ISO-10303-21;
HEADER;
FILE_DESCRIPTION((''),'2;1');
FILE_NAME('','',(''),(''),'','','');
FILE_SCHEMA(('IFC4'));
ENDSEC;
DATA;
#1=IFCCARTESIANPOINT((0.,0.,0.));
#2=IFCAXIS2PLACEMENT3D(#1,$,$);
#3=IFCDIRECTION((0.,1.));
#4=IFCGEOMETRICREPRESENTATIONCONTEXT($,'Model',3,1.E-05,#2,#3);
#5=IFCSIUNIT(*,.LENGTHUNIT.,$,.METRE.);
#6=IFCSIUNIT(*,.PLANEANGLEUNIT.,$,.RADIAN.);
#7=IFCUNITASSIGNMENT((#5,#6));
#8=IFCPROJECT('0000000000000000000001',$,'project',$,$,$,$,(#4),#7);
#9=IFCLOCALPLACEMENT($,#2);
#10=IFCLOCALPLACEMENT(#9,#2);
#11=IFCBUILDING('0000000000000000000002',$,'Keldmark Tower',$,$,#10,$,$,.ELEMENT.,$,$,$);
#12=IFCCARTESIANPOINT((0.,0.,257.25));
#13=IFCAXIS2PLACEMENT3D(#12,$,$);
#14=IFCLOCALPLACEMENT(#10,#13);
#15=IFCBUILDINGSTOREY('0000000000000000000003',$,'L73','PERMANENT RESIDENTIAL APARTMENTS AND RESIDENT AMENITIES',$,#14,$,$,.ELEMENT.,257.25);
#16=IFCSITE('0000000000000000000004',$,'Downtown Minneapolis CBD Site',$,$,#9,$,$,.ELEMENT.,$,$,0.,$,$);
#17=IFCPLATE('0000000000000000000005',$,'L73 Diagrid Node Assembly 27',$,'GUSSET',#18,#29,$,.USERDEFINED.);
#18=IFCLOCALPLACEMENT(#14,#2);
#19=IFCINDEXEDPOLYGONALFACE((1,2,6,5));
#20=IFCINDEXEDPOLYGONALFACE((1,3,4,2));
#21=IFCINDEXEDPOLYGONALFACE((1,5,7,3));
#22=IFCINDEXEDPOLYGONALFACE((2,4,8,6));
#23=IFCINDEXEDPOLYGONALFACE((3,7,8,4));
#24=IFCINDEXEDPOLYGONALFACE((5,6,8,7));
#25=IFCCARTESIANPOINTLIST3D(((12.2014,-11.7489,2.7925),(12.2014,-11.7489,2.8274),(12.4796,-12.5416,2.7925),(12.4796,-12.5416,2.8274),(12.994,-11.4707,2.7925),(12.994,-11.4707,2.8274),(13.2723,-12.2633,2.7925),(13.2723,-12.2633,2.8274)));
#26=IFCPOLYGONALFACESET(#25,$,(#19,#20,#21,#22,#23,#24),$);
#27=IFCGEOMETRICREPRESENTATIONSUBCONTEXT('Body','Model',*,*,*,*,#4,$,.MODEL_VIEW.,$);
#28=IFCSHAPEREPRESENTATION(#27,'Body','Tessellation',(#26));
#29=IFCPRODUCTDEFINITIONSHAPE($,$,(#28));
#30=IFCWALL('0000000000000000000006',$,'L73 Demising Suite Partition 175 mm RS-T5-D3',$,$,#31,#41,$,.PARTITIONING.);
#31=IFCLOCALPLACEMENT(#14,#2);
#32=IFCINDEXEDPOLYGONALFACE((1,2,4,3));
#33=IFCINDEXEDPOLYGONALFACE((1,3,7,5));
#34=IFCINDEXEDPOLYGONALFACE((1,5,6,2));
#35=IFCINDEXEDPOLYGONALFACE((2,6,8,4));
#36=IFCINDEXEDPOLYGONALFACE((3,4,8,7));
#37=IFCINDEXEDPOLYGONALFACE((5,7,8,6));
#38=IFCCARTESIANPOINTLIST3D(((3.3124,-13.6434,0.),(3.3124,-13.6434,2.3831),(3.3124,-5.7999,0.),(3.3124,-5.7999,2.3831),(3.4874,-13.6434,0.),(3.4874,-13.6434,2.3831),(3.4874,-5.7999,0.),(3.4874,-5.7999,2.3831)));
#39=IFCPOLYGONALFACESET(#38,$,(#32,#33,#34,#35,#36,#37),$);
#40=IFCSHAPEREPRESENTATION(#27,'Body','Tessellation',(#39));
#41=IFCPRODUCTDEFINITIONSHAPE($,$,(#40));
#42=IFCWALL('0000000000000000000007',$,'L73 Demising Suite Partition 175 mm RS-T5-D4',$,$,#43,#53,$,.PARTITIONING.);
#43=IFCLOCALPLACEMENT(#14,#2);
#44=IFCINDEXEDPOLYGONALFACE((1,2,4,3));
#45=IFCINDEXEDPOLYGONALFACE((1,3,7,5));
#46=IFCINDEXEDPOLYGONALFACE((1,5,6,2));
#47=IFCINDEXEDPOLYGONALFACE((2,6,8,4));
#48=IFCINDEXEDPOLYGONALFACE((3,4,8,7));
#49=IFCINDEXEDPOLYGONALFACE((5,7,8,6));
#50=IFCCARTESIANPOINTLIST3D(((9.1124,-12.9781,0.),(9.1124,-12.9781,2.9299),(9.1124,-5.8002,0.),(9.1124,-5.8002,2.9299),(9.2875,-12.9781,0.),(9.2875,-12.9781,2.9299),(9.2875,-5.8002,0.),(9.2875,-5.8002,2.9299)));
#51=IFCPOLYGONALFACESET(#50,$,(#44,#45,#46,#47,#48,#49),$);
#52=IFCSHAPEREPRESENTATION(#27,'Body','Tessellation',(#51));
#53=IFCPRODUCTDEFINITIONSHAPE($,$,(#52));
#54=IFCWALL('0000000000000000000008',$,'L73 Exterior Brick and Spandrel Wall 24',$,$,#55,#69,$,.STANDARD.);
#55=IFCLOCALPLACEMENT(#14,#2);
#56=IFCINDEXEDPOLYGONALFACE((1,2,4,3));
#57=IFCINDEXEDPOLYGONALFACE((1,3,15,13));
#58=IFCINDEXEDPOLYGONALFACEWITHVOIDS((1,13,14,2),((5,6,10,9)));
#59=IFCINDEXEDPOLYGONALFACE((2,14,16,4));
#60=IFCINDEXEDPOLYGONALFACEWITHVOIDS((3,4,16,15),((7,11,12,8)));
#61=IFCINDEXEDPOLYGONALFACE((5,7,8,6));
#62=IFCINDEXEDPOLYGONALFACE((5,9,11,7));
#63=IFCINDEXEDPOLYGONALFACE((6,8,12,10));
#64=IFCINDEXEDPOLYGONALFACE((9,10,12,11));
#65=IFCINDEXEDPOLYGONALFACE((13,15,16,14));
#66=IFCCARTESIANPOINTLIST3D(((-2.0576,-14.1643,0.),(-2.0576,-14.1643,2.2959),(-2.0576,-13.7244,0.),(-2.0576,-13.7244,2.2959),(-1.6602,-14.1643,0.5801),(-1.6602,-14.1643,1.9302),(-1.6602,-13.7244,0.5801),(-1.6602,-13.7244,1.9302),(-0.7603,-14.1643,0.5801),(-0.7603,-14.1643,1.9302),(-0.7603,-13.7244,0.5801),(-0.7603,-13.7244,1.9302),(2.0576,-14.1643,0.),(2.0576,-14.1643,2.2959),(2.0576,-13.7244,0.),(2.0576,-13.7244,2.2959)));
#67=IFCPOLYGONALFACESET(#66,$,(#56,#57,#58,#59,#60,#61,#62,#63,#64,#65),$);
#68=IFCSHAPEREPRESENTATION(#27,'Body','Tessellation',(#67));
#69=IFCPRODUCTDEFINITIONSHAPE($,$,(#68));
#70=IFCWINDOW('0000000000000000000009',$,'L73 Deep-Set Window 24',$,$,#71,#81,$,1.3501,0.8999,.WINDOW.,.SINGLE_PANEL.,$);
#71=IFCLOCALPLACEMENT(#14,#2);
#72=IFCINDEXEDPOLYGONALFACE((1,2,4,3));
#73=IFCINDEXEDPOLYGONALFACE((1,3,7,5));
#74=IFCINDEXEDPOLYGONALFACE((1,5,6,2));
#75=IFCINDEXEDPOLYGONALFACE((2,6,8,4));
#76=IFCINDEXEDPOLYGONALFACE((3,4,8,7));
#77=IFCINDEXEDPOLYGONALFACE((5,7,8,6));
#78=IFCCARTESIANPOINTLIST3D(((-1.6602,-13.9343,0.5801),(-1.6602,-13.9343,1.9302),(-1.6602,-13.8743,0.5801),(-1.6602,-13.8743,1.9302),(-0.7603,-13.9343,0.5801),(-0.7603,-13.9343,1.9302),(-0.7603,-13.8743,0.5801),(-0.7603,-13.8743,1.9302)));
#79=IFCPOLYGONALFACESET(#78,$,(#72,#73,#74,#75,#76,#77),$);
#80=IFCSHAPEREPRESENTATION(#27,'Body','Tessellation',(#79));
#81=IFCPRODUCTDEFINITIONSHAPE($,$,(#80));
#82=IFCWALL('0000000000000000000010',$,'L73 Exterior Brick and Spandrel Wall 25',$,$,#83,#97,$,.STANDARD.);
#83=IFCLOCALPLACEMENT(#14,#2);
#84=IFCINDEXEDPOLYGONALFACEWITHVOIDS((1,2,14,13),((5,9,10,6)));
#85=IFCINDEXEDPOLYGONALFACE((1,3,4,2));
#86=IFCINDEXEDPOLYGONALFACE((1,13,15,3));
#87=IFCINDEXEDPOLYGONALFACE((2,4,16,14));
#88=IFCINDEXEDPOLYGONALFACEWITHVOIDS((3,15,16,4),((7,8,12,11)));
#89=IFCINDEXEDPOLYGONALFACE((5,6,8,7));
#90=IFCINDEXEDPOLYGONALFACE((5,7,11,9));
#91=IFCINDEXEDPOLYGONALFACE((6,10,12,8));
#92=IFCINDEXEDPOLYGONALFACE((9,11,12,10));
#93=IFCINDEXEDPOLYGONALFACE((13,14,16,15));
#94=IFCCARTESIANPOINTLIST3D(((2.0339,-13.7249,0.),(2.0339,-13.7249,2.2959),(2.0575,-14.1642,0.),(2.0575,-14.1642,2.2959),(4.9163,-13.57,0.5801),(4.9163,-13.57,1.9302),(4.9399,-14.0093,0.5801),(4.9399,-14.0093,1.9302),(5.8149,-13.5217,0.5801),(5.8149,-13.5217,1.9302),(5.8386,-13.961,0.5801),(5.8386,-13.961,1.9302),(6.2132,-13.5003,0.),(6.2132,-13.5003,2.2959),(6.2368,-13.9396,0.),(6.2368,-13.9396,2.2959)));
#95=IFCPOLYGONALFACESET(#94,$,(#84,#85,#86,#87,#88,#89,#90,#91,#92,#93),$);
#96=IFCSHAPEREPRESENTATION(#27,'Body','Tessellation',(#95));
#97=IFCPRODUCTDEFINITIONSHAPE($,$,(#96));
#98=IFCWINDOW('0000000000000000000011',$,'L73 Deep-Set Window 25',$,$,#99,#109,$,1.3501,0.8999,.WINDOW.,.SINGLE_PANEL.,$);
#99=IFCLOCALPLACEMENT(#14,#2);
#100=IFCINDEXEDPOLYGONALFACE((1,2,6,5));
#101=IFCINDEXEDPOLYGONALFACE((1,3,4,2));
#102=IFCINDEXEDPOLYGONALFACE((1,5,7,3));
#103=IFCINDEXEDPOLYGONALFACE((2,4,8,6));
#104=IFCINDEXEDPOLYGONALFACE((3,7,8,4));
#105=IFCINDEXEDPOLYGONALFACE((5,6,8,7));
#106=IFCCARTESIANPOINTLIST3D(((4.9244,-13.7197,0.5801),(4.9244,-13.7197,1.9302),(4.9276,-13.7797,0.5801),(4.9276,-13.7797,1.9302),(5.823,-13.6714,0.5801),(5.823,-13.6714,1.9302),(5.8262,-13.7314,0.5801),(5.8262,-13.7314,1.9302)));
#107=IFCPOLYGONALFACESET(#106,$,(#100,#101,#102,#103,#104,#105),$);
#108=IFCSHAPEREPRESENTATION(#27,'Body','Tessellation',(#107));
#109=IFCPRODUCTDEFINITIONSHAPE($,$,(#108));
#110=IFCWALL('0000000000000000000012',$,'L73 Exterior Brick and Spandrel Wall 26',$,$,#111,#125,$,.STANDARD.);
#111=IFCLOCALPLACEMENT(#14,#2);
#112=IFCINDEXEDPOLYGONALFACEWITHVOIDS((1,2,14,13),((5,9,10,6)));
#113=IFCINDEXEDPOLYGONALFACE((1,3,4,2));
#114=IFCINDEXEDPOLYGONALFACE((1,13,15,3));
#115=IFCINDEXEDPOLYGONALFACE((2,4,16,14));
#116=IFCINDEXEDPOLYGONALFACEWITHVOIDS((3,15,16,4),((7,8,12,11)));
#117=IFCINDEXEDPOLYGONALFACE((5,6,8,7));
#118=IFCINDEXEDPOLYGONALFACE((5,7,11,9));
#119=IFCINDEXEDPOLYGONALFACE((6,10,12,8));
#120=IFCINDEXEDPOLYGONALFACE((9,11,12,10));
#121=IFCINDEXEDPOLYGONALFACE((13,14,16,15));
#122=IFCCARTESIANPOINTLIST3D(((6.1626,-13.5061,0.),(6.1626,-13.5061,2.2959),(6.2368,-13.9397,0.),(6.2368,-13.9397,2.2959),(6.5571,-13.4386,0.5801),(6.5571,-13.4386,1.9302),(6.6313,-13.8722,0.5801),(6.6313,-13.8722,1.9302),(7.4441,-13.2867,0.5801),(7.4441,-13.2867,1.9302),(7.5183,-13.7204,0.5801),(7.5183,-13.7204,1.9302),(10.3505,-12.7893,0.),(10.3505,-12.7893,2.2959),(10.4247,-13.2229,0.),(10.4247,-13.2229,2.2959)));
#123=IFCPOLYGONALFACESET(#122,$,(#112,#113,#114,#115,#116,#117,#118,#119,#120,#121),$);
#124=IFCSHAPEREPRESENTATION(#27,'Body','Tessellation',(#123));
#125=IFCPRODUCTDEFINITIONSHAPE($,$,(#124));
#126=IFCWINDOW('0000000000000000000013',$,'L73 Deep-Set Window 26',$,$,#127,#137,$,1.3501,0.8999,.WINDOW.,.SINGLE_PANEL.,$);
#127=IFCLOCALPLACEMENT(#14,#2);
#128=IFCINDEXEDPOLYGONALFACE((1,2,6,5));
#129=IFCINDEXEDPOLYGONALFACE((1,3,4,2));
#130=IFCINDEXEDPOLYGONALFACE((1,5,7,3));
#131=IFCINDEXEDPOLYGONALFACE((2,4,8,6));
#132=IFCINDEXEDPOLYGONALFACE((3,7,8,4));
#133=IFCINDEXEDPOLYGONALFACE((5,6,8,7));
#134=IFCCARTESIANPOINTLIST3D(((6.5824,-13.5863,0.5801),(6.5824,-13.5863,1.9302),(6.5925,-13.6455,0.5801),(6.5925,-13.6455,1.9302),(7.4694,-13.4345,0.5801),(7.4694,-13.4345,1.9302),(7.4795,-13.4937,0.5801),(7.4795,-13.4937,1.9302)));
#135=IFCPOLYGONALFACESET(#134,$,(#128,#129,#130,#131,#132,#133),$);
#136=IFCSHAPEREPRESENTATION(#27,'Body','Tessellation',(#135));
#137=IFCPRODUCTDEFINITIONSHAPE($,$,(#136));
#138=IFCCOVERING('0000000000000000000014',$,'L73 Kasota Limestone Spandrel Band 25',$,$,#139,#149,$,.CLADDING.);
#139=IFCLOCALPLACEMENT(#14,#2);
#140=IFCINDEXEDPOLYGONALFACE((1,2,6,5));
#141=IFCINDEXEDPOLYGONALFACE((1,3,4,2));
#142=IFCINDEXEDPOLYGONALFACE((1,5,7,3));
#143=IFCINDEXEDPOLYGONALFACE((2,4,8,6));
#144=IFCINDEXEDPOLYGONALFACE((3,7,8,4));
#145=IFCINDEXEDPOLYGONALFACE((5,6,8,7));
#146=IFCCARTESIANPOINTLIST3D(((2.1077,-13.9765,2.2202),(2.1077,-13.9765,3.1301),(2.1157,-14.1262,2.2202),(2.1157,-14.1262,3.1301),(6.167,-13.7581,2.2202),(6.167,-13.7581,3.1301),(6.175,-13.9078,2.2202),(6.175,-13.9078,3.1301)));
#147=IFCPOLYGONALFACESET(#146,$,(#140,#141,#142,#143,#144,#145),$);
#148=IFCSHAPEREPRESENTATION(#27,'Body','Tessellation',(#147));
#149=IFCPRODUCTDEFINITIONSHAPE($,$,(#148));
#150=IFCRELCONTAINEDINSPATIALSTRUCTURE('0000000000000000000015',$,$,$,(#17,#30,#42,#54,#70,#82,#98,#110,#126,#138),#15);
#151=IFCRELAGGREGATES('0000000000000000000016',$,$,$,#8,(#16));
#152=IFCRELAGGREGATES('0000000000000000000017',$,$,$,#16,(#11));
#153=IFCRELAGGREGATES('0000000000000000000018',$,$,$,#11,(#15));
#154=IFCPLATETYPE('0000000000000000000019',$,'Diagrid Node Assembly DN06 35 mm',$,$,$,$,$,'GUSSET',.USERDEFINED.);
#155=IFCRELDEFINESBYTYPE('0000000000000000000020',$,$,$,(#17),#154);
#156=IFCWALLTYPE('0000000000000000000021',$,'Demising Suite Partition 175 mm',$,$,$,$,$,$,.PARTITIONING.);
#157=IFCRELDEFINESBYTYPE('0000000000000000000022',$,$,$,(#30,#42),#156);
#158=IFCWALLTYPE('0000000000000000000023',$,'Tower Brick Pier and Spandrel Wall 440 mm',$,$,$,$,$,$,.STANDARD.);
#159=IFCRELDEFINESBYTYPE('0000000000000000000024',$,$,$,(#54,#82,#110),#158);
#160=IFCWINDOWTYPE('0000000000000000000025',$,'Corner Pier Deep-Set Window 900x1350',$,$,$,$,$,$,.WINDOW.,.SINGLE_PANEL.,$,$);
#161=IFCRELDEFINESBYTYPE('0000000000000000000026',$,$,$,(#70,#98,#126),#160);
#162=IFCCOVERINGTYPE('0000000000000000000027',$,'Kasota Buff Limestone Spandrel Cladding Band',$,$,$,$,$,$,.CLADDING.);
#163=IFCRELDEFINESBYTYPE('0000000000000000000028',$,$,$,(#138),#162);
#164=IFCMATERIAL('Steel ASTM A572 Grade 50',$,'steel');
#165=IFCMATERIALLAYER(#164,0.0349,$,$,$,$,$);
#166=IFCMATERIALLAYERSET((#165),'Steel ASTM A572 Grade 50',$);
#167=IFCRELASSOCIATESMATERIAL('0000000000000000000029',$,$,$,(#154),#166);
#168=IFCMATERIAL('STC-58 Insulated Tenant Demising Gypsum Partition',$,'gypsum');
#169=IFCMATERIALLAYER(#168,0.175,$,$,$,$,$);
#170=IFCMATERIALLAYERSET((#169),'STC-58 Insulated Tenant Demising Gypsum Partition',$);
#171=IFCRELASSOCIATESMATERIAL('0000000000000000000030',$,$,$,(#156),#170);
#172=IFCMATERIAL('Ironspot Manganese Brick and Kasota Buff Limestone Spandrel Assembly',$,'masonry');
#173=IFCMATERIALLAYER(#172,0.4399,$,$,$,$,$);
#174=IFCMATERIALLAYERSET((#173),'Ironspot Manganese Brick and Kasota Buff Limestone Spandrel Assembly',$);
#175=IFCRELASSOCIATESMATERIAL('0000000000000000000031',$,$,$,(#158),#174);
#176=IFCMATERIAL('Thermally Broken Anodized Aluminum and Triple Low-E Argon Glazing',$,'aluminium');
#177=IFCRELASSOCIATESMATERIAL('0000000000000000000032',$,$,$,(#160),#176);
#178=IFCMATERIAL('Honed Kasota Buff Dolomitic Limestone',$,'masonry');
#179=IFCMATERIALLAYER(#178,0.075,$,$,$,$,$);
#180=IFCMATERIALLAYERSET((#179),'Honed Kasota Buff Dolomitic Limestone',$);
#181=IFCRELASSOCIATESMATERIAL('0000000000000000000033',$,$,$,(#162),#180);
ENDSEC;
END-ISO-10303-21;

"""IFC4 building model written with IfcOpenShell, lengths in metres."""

from ifc_helpers import new_model, si_unit, direction, frame, frame_2d, origin, origin_2d, place, context, subcontext, project, spatial, rectangle, extrude, material, layer, layer_set, type_object, element, fill, save


model = new_model("IFC4")

# Units and contexts
model_context = context("Model", 3, precision=1e-05, world=origin(), true_north=direction((0.0, 1.0)))
body_context = subcontext(model_context, "Body", "Model", "MODEL_VIEW")
ifc_project = project(units=[si_unit("LENGTHUNIT", "METRE"), si_unit("PLANEANGLEUNIT", "RADIAN")], contexts=[model_context])

# Site, building, storey
site_placement = place(None, origin())
site = spatial("IfcSite", under=ifc_project, at=site_placement, Name="Downtown Minneapolis CBD Site", CompositionType="ELEMENT", RefElevation=0.0)
building_placement = place(site_placement, origin())
building = spatial("IfcBuilding", under=site, at=building_placement, Name="Keldmark Tower", CompositionType="ELEMENT")
storey_placement = place(building_placement, frame((0.0, 0.0, 257.25)))
storey = spatial("IfcBuildingStorey", under=building, at=storey_placement, Name="L73", Description="PERMANENT RESIDENTIAL APARTMENTS AND RESIDENT AMENITIES", CompositionType="ELEMENT", Elevation=257.25)

# Plate
ifc_material_1 = material(Name="Steel ASTM A572 Grade 50", Category="steel")
ifc_layer_1 = layer(ifc_material_1, 0.0349)
ifc_layer_set_1 = layer_set([ifc_layer_1], Name="Steel ASTM A572 Grade 50")
plate_type = type_object("IfcPlateType", Name="Diagrid Node Assembly DN06 35 mm", ElementType="GUSSET", PredefinedType="USERDEFINED", material=ifc_layer_set_1)
for number, where, z_axis, x_axis, name in (
    (1, (12.7368, -12.0061, 2.7925), (0.0, 0.0, 1.0), (0.94357, 0.331173, 0.0), "L73 Diagrid Node Assembly 27"),
):
    element("IfcPlate", number, at=place(storey_placement, frame(where, z_axis=z_axis, x_axis=x_axis)), inside=storey, type_object=plate_type, Name=name, ObjectType="GUSSET", PredefinedType="USERDEFINED", context=body_context, shape_type="SweptSolid", body=[
        extrude(rectangle(XDim=0.8401, YDim=0.8401, at=origin_2d()), origin(), (0.0, 0.0, 1.0), 0.0349),
    ])

# Walls
ifc_material_2 = material(Name="STC-58 Insulated Tenant Demising Gypsum Partition", Category="gypsum")
ifc_layer_2 = layer(ifc_material_2, 0.175)
ifc_layer_set_2 = layer_set([ifc_layer_2], Name="STC-58 Insulated Tenant Demising Gypsum Partition")
wall_type_1 = type_object("IfcWallType", Name="Demising Suite Partition 175 mm", PredefinedType="PARTITIONING", material=ifc_layer_set_2)
wall_1_placement = place(storey_placement, frame((3.3999, -13.6436, 0.0), z_axis=(0.0, 0.0, 1.0), x_axis=(0.0, 1.0, 0.0)))
element("IfcWall", 2, at=wall_1_placement, inside=storey, type_object=wall_type_1, Name="L73 Demising Suite Partition 175 mm RS-T5-D3", PredefinedType="PARTITIONING", context=body_context, shape_type="SweptSolid", body=[
    extrude(rectangle(XDim=7.8435, YDim=0.175, at=frame_2d((3.9219, 0.0))), origin(), (0.0, 0.0, 1.0), 2.3831),
])
wall_2_placement = place(storey_placement, frame((9.2, -12.978, 0.0), z_axis=(0.0, 0.0, 1.0), x_axis=(0.0, 1.0, 0.0)))
element("IfcWall", 3, at=wall_2_placement, inside=storey, type_object=wall_type_1, Name="L73 Demising Suite Partition 175 mm RS-T5-D4", PredefinedType="PARTITIONING", context=body_context, shape_type="SweptSolid", body=[
    extrude(rectangle(XDim=7.178, YDim=0.175, at=frame_2d((3.5889, 0.0))), origin(), (0.0, 0.0, 1.0), 2.9299),
])

# Walls, openings, windows
ifc_material_3 = material(Name="Ironspot Manganese Brick and Kasota Buff Limestone Spandrel Assembly", Category="masonry")
ifc_layer_3 = layer(ifc_material_3, 0.4399)
ifc_layer_set_3 = layer_set([ifc_layer_3], Name="Ironspot Manganese Brick and Kasota Buff Limestone Spandrel Assembly")
wall_type_2 = type_object("IfcWallType", Name="Tower Brick Pier and Spandrel Wall 440 mm", PredefinedType="STANDARD", material=ifc_layer_set_3)
wall_3_placement = place(storey_placement, frame((2.0576, -13.9443, 0.0), z_axis=(0.0, 0.0, 1.0), x_axis=(-1.0, 0.0, 0.0)))
wall_3 = element("IfcWall", 4, at=wall_3_placement, inside=storey, type_object=wall_type_2, Name="L73 Exterior Brick and Spandrel Wall 24", PredefinedType="STANDARD", context=body_context, shape_type="SweptSolid", body=[
    extrude(rectangle(XDim=4.1152, YDim=0.4399, at=frame_2d((2.0576, 0.0))), origin(), (0.0, 0.0, 1.0), 2.2959),
])
opening_1_placement = place(wall_3_placement, frame((2.8179, 0.0, 0.5801)))
opening_1 = element("IfcOpeningElement", 5, at=opening_1_placement, cuts=wall_3, PredefinedType="OPENING", context=body_context, shape_type="SweptSolid", body=[
    extrude(rectangle(XDim=0.8999, YDim=1.3501, at=frame_2d((0.45, 0.675))), frame((0.0, 0.23, 0.0), z_axis=(0.0, -1.0, 0.0), x_axis=(1.0, 0.0, 0.0)), (0.0, 0.0, 1.0), 0.46),
])
ifc_material_4 = material(Name="Thermally Broken Anodized Aluminum and Triple Low-E Argon Glazing", Category="aluminium")
window_type = type_object("IfcWindowType", Name="Corner Pier Deep-Set Window 900x1350", PartitioningType="SINGLE_PANEL", PredefinedType="WINDOW", material=ifc_material_4)
window_1_placement = place(opening_1_placement, origin())
window_1 = element("IfcWindow", 6, at=window_1_placement, inside=storey, type_object=window_type, Name="L73 Deep-Set Window 24", OverallHeight=1.3501, OverallWidth=0.8999, PartitioningType="SINGLE_PANEL", PredefinedType="WINDOW", context=body_context, shape_type="SweptSolid", body=[
    extrude(rectangle(XDim=0.8999, YDim=1.3501, at=frame_2d((0.45, 0.675))), frame((0.0, -0.01, 0.0), z_axis=(0.0, -1.0, 0.0), x_axis=(1.0, 0.0, 0.0)), (0.0, 0.0, 1.0), 0.0601),
])
fill(opening_1, window_1)
wall_4_placement = place(storey_placement, frame((6.2251, -13.72, 0.0), z_axis=(0.0, 0.0, 1.0), x_axis=(-0.998559, -0.053667, 0.0)))
wall_4 = element("IfcWall", 7, at=wall_4_placement, inside=storey, type_object=wall_type_2, Name="L73 Exterior Brick and Spandrel Wall 25", PredefinedType="STANDARD", context=body_context, shape_type="SweptSolid", body=[
    extrude(rectangle(XDim=4.1853, YDim=0.4399, at=frame_2d((2.0928, 0.0))), origin(), (0.0, 0.0, 1.0), 2.2959),
])
opening_2_placement = place(wall_4_placement, frame((0.3989, 0.0, 0.5801)))
opening_2 = element("IfcOpeningElement", 8, at=opening_2_placement, cuts=wall_4, PredefinedType="OPENING", context=body_context, shape_type="SweptSolid", body=[
    extrude(rectangle(XDim=0.8999, YDim=1.3501, at=frame_2d((0.45, 0.675))), frame((0.0, 0.23, 0.0), z_axis=(0.0, -1.0, 0.0), x_axis=(1.0, 0.0, 0.0)), (0.0, 0.0, 1.0), 0.46),
])
window_2_placement = place(opening_2_placement, origin())
window_2 = element("IfcWindow", 9, at=window_2_placement, inside=storey, type_object=window_type, Name="L73 Deep-Set Window 25", OverallHeight=1.3501, OverallWidth=0.8999, PartitioningType="SINGLE_PANEL", PredefinedType="WINDOW", context=body_context, shape_type="SweptSolid", body=[
    extrude(rectangle(XDim=0.8999, YDim=1.3501, at=frame_2d((0.45, 0.675))), frame((0.0, -0.01, 0.0), z_axis=(0.0, -1.0, 0.0), x_axis=(1.0, 0.0, 0.0)), (0.0, 0.0, 1.0), 0.0601),
])
fill(opening_2, window_2)
wall_5_placement = place(storey_placement, frame((10.3877, -13.0061, 0.0), z_axis=(0.0, 0.0, 1.0), x_axis=(-0.985667, -0.168702, 0.0)))
wall_5 = element("IfcWall", 10, at=wall_5_placement, inside=storey, type_object=wall_type_2, Name="L73 Exterior Brick and Spandrel Wall 26", PredefinedType="STANDARD", context=body_context, shape_type="SweptSolid", body=[
    extrude(rectangle(XDim=4.2488, YDim=0.4399, at=frame_2d((2.1245, 0.0))), origin(), (0.0, 0.0, 1.0), 2.2959),
])
opening_3_placement = place(wall_5_placement, frame((2.9487, 0.0, 0.5801)))
opening_3 = element("IfcOpeningElement", 11, at=opening_3_placement, cuts=wall_5, PredefinedType="OPENING", context=body_context, shape_type="SweptSolid", body=[
    extrude(rectangle(XDim=0.8999, YDim=1.3501, at=frame_2d((0.45, 0.675))), frame((0.0, 0.23, 0.0), z_axis=(0.0, -1.0, 0.0), x_axis=(1.0, 0.0, 0.0)), (0.0, 0.0, 1.0), 0.46),
])
window_3_placement = place(opening_3_placement, origin())
window_3 = element("IfcWindow", 12, at=window_3_placement, inside=storey, type_object=window_type, Name="L73 Deep-Set Window 26", OverallHeight=1.3501, OverallWidth=0.8999, PartitioningType="SINGLE_PANEL", PredefinedType="WINDOW", context=body_context, shape_type="SweptSolid", body=[
    extrude(rectangle(XDim=0.8999, YDim=1.3501, at=frame_2d((0.45, 0.675))), frame((0.0, -0.01, 0.0), z_axis=(0.0, -1.0, 0.0), x_axis=(1.0, 0.0, 0.0)), (0.0, 0.0, 1.0), 0.0601),
])
fill(opening_3, window_3)

# Covering
ifc_material_5 = material(Name="Honed Kasota Buff Dolomitic Limestone", Category="masonry")
ifc_layer_4 = layer(ifc_material_5, 0.075)
ifc_layer_set_4 = layer_set([ifc_layer_4], Name="Honed Kasota Buff Dolomitic Limestone")
covering_type = type_object("IfcCoveringType", Name="Kasota Buff Limestone Spandrel Cladding Band", PredefinedType="CLADDING", material=ifc_layer_set_4)
covering_placement = place(storey_placement, frame((4.1414, -13.9421, 2.2202), z_axis=(0.0, 0.0, 1.0), x_axis=(0.998556, 0.053713, 0.0)))
element("IfcCovering", 13, at=covering_placement, inside=storey, type_object=covering_type, Name="L73 Kasota Limestone Spandrel Band 25", PredefinedType="CLADDING", context=body_context, shape_type="SweptSolid", body=[
    extrude(rectangle(XDim=4.0652, YDim=0.1499, at=origin_2d()), origin(), (0.0, 0.0, 1.0), 0.9099),
])

save(model, "model.ifc")
